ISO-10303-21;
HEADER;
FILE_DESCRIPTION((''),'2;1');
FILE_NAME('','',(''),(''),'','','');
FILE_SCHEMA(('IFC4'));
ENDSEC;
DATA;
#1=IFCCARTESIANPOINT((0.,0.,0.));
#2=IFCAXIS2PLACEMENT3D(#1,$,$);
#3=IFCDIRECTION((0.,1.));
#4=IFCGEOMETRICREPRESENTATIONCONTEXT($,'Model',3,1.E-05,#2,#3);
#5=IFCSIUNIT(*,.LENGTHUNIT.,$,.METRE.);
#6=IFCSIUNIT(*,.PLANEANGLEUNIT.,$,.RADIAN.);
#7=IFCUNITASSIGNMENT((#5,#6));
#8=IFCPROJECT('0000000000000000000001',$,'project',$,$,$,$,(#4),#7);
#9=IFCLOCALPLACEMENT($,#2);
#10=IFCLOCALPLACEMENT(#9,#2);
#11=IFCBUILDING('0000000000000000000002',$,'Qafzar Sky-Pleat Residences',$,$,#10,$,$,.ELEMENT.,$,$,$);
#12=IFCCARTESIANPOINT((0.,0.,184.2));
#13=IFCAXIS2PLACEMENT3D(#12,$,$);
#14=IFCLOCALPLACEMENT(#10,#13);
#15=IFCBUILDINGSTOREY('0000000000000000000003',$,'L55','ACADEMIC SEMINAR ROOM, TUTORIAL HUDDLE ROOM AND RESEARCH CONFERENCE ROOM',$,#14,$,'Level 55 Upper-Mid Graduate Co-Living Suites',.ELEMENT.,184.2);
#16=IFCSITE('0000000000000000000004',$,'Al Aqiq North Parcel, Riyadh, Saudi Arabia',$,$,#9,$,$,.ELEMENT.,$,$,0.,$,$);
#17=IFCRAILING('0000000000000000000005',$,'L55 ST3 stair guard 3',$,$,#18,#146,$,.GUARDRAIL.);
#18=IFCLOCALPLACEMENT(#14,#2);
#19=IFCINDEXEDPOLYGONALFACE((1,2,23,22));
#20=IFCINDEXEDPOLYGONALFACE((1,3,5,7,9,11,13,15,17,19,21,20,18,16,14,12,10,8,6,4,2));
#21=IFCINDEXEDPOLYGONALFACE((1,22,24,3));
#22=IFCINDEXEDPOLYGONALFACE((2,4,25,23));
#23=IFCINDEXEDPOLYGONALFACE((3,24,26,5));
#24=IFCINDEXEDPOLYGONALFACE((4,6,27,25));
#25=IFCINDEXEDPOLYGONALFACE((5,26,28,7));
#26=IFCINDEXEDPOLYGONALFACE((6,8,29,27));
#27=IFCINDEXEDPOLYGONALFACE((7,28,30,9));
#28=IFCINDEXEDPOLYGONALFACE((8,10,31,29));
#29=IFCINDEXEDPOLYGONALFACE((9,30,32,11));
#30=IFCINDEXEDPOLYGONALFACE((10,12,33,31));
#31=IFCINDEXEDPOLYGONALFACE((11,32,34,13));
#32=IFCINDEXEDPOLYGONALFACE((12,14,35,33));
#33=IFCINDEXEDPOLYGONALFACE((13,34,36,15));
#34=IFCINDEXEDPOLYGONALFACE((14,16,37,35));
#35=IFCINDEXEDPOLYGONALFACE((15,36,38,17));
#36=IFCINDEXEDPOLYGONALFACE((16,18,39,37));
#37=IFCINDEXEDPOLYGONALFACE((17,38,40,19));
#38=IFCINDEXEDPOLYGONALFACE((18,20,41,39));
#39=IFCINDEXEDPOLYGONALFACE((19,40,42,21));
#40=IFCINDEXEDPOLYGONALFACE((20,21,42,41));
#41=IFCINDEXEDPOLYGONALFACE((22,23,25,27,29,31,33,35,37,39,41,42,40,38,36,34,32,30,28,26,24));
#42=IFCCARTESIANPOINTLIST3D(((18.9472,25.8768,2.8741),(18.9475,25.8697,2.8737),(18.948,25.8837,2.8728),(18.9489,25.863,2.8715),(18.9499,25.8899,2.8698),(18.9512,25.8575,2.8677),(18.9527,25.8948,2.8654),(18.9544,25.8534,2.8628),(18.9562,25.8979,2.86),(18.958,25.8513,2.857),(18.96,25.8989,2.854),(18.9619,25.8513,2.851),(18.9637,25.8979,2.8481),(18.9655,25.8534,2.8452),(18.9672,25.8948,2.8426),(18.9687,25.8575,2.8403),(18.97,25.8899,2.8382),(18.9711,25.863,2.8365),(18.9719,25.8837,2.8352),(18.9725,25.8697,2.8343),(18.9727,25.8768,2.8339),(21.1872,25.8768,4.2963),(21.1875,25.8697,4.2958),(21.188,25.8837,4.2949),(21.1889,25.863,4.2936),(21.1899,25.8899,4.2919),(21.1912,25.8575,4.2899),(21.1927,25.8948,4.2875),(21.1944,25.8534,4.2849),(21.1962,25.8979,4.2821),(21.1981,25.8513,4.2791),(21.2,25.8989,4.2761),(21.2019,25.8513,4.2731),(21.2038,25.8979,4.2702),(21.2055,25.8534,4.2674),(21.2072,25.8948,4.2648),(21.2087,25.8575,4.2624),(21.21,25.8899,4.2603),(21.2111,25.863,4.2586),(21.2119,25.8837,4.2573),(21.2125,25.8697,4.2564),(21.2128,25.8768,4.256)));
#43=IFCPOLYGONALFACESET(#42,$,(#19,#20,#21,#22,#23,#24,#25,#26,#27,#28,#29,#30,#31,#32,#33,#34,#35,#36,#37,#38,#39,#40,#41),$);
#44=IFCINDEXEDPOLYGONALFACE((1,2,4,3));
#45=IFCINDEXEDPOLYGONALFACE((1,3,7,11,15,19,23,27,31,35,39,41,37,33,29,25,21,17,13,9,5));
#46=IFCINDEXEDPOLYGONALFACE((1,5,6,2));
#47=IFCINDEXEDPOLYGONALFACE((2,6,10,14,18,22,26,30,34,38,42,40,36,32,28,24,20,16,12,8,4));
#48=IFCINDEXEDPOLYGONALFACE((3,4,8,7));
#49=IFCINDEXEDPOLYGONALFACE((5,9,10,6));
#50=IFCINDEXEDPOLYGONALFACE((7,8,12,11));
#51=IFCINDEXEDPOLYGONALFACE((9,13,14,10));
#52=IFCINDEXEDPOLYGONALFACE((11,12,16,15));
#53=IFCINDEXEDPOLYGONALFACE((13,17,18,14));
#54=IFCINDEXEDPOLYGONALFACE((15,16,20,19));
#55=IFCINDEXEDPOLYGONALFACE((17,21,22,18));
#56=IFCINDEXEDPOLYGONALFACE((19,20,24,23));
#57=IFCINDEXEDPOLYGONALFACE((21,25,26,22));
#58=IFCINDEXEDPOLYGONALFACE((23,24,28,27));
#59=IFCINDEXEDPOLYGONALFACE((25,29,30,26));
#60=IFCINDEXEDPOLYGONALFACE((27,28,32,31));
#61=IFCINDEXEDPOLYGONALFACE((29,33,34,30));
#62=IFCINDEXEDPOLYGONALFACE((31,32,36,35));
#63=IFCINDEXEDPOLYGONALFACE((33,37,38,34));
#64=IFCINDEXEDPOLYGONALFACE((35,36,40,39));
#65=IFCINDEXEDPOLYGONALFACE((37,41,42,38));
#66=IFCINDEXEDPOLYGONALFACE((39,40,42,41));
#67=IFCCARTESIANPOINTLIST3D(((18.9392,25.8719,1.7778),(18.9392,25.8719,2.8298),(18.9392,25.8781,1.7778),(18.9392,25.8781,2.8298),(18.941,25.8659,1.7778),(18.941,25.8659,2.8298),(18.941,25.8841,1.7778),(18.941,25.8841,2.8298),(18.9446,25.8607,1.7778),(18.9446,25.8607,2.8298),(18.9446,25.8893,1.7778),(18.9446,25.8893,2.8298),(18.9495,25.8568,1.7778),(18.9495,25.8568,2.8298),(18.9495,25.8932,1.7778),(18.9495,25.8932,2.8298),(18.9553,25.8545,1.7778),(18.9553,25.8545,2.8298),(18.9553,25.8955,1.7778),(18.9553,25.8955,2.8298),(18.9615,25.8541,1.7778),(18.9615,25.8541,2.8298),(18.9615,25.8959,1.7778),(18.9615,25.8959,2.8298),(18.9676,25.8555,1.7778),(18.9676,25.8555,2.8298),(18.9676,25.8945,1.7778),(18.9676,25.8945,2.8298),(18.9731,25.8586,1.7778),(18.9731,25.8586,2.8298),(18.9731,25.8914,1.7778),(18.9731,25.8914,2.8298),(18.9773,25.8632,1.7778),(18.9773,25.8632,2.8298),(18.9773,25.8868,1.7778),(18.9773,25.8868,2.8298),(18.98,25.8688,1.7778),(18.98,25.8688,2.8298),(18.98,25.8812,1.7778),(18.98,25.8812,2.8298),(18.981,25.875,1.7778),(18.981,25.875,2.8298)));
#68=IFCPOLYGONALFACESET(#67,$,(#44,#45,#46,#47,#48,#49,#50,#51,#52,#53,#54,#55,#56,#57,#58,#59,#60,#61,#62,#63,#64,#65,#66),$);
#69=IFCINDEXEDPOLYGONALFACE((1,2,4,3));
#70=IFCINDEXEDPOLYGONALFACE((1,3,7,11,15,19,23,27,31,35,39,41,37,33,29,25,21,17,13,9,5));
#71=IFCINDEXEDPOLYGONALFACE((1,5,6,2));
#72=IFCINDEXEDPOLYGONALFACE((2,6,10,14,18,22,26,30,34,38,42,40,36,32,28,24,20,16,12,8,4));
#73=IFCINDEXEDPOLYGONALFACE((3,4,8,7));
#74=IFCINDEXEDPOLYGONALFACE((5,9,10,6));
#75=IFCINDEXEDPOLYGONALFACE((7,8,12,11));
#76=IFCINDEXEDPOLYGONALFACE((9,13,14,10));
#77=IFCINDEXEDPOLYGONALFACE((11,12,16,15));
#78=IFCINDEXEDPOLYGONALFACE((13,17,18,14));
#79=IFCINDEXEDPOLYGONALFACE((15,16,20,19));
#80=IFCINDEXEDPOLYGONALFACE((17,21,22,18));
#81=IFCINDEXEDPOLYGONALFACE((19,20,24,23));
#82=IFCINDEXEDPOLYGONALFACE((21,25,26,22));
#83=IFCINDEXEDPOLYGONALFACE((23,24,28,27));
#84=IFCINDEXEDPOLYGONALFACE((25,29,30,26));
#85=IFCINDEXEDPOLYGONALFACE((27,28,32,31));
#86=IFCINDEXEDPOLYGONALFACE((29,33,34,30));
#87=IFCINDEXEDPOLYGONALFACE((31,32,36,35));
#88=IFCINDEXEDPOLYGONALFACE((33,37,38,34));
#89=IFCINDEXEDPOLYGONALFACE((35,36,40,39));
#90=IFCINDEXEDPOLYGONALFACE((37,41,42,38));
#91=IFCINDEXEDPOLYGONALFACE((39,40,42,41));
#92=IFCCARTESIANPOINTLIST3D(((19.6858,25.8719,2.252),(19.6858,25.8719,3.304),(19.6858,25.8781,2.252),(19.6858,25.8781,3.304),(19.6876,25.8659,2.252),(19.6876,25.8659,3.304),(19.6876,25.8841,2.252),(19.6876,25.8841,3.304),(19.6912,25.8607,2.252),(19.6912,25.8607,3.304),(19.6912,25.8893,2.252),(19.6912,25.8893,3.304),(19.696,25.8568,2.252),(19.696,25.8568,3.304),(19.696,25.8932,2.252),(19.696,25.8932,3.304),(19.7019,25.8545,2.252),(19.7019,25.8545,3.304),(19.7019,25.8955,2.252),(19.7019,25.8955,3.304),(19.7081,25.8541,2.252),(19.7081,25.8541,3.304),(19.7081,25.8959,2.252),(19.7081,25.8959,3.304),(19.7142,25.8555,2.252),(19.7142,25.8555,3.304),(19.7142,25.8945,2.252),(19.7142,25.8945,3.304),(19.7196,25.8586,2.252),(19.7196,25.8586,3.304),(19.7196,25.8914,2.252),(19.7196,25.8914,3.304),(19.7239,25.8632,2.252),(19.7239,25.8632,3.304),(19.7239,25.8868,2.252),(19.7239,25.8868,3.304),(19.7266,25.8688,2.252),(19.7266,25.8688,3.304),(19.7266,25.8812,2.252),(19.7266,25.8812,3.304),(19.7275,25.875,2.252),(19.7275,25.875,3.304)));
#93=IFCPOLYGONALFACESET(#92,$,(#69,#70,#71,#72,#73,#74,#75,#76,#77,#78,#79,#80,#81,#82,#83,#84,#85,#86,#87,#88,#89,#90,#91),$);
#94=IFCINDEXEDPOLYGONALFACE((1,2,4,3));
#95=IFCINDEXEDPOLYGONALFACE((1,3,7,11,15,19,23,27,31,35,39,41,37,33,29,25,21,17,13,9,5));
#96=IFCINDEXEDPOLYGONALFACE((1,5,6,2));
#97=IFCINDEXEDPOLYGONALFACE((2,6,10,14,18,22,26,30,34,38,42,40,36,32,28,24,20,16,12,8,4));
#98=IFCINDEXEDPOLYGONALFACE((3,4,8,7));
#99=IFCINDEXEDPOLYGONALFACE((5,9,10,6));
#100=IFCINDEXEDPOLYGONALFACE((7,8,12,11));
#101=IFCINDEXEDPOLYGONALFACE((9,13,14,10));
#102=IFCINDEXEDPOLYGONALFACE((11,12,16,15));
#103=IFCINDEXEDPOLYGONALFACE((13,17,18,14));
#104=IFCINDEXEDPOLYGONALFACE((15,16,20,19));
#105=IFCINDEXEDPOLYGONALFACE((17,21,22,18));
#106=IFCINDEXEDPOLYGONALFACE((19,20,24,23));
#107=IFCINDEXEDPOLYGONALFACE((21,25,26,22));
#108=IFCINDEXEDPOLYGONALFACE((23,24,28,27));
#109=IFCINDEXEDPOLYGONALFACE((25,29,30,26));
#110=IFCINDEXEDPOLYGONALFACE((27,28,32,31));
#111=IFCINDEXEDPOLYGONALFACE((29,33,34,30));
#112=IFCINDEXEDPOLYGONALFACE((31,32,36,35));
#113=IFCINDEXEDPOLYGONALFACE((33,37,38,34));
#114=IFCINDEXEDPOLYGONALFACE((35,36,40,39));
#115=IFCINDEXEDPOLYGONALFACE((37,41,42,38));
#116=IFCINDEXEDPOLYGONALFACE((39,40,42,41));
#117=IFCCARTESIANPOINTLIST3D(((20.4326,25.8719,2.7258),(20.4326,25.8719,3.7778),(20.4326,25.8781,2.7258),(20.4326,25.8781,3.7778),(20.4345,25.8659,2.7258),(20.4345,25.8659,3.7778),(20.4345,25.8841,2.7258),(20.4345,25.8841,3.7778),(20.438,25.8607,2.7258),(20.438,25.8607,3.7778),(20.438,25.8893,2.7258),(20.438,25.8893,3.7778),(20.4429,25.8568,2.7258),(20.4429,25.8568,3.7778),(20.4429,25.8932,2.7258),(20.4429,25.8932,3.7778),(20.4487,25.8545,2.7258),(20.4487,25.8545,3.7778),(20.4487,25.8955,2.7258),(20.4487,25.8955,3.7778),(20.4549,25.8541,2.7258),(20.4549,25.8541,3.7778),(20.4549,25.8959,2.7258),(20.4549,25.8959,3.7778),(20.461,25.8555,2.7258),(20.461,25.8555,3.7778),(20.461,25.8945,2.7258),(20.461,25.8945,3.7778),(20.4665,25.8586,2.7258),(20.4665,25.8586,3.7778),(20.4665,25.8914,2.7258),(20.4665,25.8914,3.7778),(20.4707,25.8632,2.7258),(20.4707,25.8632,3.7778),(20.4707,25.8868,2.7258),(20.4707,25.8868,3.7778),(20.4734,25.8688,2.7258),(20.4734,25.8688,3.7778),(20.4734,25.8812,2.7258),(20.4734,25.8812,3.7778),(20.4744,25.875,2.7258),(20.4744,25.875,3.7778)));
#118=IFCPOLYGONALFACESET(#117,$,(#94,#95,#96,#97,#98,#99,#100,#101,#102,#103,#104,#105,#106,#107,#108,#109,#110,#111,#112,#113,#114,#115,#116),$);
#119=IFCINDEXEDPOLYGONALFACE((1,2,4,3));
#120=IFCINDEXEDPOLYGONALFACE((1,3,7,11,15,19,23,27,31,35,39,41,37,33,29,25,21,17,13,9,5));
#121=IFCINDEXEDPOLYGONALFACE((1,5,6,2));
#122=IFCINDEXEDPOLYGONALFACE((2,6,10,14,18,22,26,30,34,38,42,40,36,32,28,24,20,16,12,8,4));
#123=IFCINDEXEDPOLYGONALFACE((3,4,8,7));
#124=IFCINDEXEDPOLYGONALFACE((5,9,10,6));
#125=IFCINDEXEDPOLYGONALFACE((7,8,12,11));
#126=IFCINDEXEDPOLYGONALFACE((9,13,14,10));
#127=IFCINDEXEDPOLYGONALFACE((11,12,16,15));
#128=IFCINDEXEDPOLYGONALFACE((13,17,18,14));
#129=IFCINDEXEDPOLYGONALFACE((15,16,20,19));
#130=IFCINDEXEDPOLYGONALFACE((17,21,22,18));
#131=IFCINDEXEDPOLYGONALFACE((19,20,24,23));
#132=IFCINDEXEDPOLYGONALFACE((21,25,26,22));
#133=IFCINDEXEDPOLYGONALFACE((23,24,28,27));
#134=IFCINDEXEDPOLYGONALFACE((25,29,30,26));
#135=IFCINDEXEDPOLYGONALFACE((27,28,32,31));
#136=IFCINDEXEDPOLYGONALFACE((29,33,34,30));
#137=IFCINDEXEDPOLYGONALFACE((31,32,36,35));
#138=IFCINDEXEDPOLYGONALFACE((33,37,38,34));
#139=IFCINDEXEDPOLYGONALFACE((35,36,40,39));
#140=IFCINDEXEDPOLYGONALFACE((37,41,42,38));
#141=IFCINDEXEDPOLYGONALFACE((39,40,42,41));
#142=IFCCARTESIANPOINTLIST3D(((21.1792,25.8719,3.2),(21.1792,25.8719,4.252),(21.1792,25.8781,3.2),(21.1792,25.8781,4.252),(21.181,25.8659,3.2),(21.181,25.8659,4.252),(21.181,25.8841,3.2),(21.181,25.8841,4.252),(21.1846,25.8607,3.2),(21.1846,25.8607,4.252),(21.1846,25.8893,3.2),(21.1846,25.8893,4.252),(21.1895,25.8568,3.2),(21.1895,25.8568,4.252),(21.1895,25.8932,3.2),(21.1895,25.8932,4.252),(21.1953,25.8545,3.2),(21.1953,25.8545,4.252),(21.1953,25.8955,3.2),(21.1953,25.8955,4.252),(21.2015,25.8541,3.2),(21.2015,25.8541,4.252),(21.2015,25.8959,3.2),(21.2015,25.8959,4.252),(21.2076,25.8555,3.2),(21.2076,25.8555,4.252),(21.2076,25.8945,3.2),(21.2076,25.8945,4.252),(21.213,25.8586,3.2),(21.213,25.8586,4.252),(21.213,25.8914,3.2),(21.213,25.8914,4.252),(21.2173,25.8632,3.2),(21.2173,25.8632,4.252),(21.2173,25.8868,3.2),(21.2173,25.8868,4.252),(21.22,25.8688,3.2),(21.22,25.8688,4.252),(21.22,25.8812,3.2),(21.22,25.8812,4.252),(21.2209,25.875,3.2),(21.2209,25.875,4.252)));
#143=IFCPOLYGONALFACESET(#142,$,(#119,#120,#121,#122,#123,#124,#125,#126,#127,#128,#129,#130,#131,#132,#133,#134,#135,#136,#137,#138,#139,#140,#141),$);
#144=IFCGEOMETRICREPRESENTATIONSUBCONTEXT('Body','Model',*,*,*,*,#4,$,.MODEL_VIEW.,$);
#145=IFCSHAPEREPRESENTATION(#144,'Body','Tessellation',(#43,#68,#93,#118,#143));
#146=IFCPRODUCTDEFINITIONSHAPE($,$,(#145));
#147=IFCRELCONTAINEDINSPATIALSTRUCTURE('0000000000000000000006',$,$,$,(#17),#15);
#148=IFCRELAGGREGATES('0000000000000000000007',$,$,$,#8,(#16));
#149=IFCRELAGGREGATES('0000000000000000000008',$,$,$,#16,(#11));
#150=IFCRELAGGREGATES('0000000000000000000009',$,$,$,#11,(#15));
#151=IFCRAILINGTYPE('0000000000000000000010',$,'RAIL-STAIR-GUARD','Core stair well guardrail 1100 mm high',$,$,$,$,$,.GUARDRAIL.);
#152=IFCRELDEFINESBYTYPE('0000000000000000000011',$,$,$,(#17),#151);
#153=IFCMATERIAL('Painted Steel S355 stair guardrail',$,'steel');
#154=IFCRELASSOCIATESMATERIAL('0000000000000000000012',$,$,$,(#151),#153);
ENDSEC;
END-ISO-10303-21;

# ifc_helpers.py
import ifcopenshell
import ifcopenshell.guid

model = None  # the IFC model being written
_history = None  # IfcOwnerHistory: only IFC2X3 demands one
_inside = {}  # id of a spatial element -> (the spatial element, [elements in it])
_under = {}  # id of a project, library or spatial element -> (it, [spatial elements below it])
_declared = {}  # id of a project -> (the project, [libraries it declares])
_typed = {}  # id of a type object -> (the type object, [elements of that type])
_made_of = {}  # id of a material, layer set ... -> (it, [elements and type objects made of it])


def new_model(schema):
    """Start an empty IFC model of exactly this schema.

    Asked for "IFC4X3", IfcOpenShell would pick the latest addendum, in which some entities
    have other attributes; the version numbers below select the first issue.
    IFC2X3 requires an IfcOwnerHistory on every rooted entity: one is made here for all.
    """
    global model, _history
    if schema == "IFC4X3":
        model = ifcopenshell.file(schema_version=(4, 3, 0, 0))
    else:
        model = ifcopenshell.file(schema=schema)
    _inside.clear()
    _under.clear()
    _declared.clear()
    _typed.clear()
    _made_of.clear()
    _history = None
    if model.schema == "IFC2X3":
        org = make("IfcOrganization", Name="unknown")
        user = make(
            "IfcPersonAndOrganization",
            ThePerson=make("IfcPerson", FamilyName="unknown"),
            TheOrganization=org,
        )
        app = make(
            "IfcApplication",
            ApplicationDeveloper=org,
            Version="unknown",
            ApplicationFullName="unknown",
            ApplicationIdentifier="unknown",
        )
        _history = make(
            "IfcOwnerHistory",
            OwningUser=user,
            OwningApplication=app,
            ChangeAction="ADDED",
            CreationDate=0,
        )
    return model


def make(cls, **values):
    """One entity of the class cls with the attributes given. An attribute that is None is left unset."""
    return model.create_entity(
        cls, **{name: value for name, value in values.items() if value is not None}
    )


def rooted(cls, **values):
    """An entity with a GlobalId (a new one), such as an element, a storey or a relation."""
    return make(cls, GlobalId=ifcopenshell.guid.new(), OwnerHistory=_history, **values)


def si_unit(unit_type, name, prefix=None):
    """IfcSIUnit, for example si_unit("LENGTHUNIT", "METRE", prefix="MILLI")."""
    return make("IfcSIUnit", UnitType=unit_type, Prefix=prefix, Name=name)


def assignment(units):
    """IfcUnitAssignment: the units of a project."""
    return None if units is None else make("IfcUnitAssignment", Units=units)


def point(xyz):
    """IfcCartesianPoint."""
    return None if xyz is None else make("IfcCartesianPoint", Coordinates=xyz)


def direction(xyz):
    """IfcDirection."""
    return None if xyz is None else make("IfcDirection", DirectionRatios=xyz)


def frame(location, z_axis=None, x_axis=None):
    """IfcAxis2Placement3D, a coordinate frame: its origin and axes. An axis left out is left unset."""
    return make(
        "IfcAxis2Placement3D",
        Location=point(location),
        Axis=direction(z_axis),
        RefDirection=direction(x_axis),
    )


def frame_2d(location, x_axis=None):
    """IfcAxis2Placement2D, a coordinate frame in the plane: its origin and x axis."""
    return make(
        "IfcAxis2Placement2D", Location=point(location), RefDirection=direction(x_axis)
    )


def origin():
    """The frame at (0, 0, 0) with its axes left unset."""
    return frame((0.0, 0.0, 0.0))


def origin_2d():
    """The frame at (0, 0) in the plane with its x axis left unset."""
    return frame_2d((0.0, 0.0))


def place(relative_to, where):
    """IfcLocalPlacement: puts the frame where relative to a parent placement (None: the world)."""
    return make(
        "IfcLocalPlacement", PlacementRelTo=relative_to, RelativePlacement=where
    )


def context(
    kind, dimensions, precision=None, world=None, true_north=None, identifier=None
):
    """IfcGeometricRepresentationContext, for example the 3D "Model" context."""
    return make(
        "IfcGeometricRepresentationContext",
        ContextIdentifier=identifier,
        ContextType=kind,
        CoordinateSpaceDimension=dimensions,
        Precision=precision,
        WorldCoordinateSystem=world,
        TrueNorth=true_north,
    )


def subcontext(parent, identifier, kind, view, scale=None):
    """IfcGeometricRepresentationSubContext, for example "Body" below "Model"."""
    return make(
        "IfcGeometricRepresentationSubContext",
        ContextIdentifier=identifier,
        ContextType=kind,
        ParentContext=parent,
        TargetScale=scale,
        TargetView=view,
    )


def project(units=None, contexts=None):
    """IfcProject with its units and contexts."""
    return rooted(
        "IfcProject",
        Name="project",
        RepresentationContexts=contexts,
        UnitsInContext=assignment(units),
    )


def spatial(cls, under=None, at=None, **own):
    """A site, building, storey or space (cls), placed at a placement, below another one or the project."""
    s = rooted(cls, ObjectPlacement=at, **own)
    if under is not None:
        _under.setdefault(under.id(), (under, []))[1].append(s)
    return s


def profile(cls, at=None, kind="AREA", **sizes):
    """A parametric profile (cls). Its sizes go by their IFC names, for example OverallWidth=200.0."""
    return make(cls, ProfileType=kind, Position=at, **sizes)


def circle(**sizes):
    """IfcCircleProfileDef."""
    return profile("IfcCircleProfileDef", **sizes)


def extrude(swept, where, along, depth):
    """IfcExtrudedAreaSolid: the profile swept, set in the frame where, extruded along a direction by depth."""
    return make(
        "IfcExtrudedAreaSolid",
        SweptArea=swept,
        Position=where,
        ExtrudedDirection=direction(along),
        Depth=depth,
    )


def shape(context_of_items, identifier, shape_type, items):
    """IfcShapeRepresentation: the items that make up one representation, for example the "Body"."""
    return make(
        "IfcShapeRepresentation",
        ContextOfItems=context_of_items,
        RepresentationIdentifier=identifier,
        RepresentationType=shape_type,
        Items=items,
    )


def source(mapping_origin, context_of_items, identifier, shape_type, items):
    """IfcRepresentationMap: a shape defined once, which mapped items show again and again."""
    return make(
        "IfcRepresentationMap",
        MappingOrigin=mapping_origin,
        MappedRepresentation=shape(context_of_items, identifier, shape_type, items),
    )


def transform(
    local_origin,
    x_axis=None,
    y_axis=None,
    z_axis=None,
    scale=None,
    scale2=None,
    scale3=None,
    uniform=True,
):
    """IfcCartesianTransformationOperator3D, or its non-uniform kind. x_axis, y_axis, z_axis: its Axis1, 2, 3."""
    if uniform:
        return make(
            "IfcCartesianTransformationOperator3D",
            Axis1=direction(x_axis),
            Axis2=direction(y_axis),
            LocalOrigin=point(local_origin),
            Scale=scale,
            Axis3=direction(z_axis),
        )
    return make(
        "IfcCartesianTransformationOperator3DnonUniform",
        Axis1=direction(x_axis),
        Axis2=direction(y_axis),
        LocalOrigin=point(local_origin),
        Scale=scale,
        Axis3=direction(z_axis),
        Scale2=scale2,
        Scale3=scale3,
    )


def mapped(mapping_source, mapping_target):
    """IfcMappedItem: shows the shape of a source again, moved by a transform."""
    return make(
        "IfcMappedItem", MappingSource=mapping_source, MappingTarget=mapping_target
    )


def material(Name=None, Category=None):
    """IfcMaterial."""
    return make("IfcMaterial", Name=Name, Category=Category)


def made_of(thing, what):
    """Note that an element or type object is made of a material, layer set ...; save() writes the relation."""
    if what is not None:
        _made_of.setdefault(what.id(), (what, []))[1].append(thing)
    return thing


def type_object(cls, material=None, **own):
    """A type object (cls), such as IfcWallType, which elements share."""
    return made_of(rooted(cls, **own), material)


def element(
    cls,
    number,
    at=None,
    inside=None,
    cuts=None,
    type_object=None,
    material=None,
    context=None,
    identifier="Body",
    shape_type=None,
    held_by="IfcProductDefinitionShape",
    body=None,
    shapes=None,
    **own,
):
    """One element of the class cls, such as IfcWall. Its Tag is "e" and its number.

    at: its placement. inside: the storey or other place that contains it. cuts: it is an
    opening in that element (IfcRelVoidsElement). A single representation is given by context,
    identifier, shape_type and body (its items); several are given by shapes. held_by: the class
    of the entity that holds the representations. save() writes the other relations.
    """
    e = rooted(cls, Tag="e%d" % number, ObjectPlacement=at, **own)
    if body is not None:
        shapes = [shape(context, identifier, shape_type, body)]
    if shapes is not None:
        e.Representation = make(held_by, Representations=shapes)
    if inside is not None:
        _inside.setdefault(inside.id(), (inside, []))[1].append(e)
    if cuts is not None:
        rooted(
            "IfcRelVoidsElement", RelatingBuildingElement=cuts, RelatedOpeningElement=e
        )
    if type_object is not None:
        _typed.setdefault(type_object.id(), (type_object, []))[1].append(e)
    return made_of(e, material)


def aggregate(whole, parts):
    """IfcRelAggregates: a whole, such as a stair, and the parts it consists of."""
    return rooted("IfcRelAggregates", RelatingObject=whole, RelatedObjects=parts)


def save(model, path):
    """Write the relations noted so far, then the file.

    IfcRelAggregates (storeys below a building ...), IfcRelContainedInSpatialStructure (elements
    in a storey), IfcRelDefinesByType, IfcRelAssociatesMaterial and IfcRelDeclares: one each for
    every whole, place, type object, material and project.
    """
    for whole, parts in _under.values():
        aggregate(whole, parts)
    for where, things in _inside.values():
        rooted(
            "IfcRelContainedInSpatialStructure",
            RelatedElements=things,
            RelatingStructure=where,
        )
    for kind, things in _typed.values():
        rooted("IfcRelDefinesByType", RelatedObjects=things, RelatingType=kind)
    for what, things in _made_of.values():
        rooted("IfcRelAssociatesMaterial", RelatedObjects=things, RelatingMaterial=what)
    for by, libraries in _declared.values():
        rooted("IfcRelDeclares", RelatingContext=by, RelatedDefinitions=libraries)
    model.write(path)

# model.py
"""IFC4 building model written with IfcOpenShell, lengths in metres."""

from ifc_helpers import new_model, si_unit, direction, frame, origin, origin_2d, place, context, subcontext, project, spatial, circle, extrude, source, transform, mapped, material, type_object, element, save


model = new_model("IFC4")

# Units and contexts
model_context = context("Model", 3, precision=1e-05, world=origin(), true_north=direction((0.0, 1.0)))
body_context = subcontext(model_context, "Body", "Model", "MODEL_VIEW")
ifc_project = project(units=[si_unit("LENGTHUNIT", "METRE"), si_unit("PLANEANGLEUNIT", "RADIAN")], contexts=[model_context])

# Site, building, storey
site_placement = place(None, origin())
site = spatial("IfcSite", under=ifc_project, at=site_placement, Name="Al Aqiq North Parcel, Riyadh, Saudi Arabia", CompositionType="ELEMENT", RefElevation=0.0)
building_placement = place(site_placement, origin())
building = spatial("IfcBuilding", under=site, at=building_placement, Name="Qafzar Sky-Pleat Residences", CompositionType="ELEMENT")
storey_placement = place(building_placement, frame((0.0, 0.0, 184.2)))
storey = spatial("IfcBuildingStorey", under=building, at=storey_placement, Name="L55", Description="ACADEMIC SEMINAR ROOM, TUTORIAL HUDDLE ROOM AND RESEARCH CONFERENCE ROOM", LongName="Level 55 Upper-Mid Graduate Co-Living Suites", CompositionType="ELEMENT", Elevation=184.2)

# Railing
ifc_material_1 = material(Name="Painted Steel S355 stair guardrail", Category="steel")
railing_type_1 = type_object("IfcRailingType", Name="RAIL-STAIR-GUARD", Description="Core stair well guardrail 1100 mm high", PredefinedType="GUARDRAIL", material=ifc_material_1)
shared_shape_1 = source(origin(), body_context, "Body", "SweptSolid", [
    extrude(circle(Radius=0.0239, at=origin_2d()), frame((0.0, 0.0, 1.0762), z_axis=(0.844229, 0.0, 0.535982), x_axis=(0.0, 1.0, 0.0)), (0.0, 0.0, 1.0), 2.6533),
    extrude(circle(Radius=0.021, at=origin_2d()), origin(), (0.0, 0.0, 1.0), 1.052),
    extrude(circle(Radius=0.021, at=origin_2d()), frame((0.7466, 0.0, 0.4741)), (0.0, 0.0, 1.0), 1.052),
    extrude(circle(Radius=0.021, at=origin_2d()), frame((1.4934, 0.0, 0.948)), (0.0, 0.0, 1.0), 1.052),
    extrude(circle(Radius=0.021, at=origin_2d()), frame((2.24, 0.0, 1.4221)), (0.0, 0.0, 1.0), 1.052),
])
railing_1_placement = place(storey_placement, frame((18.96, 25.875, 1.7778)))
element("IfcRailing", 1, at=railing_1_placement, inside=storey, type_object=railing_type_1, Name="L55 ST3 stair guard 3", PredefinedType="GUARDRAIL", context=body_context, shape_type="MappedRepresentation", body=[
    mapped(shared_shape_1, transform((0.0, 0.0, 0.0), x_axis=(1.0, 0.0, 0.0), y_axis=(0.0, 1.0, 0.0), z_axis=(0.0, 0.0, 1.0), scale=1.0)),
])

save(model, "model.ifc")
